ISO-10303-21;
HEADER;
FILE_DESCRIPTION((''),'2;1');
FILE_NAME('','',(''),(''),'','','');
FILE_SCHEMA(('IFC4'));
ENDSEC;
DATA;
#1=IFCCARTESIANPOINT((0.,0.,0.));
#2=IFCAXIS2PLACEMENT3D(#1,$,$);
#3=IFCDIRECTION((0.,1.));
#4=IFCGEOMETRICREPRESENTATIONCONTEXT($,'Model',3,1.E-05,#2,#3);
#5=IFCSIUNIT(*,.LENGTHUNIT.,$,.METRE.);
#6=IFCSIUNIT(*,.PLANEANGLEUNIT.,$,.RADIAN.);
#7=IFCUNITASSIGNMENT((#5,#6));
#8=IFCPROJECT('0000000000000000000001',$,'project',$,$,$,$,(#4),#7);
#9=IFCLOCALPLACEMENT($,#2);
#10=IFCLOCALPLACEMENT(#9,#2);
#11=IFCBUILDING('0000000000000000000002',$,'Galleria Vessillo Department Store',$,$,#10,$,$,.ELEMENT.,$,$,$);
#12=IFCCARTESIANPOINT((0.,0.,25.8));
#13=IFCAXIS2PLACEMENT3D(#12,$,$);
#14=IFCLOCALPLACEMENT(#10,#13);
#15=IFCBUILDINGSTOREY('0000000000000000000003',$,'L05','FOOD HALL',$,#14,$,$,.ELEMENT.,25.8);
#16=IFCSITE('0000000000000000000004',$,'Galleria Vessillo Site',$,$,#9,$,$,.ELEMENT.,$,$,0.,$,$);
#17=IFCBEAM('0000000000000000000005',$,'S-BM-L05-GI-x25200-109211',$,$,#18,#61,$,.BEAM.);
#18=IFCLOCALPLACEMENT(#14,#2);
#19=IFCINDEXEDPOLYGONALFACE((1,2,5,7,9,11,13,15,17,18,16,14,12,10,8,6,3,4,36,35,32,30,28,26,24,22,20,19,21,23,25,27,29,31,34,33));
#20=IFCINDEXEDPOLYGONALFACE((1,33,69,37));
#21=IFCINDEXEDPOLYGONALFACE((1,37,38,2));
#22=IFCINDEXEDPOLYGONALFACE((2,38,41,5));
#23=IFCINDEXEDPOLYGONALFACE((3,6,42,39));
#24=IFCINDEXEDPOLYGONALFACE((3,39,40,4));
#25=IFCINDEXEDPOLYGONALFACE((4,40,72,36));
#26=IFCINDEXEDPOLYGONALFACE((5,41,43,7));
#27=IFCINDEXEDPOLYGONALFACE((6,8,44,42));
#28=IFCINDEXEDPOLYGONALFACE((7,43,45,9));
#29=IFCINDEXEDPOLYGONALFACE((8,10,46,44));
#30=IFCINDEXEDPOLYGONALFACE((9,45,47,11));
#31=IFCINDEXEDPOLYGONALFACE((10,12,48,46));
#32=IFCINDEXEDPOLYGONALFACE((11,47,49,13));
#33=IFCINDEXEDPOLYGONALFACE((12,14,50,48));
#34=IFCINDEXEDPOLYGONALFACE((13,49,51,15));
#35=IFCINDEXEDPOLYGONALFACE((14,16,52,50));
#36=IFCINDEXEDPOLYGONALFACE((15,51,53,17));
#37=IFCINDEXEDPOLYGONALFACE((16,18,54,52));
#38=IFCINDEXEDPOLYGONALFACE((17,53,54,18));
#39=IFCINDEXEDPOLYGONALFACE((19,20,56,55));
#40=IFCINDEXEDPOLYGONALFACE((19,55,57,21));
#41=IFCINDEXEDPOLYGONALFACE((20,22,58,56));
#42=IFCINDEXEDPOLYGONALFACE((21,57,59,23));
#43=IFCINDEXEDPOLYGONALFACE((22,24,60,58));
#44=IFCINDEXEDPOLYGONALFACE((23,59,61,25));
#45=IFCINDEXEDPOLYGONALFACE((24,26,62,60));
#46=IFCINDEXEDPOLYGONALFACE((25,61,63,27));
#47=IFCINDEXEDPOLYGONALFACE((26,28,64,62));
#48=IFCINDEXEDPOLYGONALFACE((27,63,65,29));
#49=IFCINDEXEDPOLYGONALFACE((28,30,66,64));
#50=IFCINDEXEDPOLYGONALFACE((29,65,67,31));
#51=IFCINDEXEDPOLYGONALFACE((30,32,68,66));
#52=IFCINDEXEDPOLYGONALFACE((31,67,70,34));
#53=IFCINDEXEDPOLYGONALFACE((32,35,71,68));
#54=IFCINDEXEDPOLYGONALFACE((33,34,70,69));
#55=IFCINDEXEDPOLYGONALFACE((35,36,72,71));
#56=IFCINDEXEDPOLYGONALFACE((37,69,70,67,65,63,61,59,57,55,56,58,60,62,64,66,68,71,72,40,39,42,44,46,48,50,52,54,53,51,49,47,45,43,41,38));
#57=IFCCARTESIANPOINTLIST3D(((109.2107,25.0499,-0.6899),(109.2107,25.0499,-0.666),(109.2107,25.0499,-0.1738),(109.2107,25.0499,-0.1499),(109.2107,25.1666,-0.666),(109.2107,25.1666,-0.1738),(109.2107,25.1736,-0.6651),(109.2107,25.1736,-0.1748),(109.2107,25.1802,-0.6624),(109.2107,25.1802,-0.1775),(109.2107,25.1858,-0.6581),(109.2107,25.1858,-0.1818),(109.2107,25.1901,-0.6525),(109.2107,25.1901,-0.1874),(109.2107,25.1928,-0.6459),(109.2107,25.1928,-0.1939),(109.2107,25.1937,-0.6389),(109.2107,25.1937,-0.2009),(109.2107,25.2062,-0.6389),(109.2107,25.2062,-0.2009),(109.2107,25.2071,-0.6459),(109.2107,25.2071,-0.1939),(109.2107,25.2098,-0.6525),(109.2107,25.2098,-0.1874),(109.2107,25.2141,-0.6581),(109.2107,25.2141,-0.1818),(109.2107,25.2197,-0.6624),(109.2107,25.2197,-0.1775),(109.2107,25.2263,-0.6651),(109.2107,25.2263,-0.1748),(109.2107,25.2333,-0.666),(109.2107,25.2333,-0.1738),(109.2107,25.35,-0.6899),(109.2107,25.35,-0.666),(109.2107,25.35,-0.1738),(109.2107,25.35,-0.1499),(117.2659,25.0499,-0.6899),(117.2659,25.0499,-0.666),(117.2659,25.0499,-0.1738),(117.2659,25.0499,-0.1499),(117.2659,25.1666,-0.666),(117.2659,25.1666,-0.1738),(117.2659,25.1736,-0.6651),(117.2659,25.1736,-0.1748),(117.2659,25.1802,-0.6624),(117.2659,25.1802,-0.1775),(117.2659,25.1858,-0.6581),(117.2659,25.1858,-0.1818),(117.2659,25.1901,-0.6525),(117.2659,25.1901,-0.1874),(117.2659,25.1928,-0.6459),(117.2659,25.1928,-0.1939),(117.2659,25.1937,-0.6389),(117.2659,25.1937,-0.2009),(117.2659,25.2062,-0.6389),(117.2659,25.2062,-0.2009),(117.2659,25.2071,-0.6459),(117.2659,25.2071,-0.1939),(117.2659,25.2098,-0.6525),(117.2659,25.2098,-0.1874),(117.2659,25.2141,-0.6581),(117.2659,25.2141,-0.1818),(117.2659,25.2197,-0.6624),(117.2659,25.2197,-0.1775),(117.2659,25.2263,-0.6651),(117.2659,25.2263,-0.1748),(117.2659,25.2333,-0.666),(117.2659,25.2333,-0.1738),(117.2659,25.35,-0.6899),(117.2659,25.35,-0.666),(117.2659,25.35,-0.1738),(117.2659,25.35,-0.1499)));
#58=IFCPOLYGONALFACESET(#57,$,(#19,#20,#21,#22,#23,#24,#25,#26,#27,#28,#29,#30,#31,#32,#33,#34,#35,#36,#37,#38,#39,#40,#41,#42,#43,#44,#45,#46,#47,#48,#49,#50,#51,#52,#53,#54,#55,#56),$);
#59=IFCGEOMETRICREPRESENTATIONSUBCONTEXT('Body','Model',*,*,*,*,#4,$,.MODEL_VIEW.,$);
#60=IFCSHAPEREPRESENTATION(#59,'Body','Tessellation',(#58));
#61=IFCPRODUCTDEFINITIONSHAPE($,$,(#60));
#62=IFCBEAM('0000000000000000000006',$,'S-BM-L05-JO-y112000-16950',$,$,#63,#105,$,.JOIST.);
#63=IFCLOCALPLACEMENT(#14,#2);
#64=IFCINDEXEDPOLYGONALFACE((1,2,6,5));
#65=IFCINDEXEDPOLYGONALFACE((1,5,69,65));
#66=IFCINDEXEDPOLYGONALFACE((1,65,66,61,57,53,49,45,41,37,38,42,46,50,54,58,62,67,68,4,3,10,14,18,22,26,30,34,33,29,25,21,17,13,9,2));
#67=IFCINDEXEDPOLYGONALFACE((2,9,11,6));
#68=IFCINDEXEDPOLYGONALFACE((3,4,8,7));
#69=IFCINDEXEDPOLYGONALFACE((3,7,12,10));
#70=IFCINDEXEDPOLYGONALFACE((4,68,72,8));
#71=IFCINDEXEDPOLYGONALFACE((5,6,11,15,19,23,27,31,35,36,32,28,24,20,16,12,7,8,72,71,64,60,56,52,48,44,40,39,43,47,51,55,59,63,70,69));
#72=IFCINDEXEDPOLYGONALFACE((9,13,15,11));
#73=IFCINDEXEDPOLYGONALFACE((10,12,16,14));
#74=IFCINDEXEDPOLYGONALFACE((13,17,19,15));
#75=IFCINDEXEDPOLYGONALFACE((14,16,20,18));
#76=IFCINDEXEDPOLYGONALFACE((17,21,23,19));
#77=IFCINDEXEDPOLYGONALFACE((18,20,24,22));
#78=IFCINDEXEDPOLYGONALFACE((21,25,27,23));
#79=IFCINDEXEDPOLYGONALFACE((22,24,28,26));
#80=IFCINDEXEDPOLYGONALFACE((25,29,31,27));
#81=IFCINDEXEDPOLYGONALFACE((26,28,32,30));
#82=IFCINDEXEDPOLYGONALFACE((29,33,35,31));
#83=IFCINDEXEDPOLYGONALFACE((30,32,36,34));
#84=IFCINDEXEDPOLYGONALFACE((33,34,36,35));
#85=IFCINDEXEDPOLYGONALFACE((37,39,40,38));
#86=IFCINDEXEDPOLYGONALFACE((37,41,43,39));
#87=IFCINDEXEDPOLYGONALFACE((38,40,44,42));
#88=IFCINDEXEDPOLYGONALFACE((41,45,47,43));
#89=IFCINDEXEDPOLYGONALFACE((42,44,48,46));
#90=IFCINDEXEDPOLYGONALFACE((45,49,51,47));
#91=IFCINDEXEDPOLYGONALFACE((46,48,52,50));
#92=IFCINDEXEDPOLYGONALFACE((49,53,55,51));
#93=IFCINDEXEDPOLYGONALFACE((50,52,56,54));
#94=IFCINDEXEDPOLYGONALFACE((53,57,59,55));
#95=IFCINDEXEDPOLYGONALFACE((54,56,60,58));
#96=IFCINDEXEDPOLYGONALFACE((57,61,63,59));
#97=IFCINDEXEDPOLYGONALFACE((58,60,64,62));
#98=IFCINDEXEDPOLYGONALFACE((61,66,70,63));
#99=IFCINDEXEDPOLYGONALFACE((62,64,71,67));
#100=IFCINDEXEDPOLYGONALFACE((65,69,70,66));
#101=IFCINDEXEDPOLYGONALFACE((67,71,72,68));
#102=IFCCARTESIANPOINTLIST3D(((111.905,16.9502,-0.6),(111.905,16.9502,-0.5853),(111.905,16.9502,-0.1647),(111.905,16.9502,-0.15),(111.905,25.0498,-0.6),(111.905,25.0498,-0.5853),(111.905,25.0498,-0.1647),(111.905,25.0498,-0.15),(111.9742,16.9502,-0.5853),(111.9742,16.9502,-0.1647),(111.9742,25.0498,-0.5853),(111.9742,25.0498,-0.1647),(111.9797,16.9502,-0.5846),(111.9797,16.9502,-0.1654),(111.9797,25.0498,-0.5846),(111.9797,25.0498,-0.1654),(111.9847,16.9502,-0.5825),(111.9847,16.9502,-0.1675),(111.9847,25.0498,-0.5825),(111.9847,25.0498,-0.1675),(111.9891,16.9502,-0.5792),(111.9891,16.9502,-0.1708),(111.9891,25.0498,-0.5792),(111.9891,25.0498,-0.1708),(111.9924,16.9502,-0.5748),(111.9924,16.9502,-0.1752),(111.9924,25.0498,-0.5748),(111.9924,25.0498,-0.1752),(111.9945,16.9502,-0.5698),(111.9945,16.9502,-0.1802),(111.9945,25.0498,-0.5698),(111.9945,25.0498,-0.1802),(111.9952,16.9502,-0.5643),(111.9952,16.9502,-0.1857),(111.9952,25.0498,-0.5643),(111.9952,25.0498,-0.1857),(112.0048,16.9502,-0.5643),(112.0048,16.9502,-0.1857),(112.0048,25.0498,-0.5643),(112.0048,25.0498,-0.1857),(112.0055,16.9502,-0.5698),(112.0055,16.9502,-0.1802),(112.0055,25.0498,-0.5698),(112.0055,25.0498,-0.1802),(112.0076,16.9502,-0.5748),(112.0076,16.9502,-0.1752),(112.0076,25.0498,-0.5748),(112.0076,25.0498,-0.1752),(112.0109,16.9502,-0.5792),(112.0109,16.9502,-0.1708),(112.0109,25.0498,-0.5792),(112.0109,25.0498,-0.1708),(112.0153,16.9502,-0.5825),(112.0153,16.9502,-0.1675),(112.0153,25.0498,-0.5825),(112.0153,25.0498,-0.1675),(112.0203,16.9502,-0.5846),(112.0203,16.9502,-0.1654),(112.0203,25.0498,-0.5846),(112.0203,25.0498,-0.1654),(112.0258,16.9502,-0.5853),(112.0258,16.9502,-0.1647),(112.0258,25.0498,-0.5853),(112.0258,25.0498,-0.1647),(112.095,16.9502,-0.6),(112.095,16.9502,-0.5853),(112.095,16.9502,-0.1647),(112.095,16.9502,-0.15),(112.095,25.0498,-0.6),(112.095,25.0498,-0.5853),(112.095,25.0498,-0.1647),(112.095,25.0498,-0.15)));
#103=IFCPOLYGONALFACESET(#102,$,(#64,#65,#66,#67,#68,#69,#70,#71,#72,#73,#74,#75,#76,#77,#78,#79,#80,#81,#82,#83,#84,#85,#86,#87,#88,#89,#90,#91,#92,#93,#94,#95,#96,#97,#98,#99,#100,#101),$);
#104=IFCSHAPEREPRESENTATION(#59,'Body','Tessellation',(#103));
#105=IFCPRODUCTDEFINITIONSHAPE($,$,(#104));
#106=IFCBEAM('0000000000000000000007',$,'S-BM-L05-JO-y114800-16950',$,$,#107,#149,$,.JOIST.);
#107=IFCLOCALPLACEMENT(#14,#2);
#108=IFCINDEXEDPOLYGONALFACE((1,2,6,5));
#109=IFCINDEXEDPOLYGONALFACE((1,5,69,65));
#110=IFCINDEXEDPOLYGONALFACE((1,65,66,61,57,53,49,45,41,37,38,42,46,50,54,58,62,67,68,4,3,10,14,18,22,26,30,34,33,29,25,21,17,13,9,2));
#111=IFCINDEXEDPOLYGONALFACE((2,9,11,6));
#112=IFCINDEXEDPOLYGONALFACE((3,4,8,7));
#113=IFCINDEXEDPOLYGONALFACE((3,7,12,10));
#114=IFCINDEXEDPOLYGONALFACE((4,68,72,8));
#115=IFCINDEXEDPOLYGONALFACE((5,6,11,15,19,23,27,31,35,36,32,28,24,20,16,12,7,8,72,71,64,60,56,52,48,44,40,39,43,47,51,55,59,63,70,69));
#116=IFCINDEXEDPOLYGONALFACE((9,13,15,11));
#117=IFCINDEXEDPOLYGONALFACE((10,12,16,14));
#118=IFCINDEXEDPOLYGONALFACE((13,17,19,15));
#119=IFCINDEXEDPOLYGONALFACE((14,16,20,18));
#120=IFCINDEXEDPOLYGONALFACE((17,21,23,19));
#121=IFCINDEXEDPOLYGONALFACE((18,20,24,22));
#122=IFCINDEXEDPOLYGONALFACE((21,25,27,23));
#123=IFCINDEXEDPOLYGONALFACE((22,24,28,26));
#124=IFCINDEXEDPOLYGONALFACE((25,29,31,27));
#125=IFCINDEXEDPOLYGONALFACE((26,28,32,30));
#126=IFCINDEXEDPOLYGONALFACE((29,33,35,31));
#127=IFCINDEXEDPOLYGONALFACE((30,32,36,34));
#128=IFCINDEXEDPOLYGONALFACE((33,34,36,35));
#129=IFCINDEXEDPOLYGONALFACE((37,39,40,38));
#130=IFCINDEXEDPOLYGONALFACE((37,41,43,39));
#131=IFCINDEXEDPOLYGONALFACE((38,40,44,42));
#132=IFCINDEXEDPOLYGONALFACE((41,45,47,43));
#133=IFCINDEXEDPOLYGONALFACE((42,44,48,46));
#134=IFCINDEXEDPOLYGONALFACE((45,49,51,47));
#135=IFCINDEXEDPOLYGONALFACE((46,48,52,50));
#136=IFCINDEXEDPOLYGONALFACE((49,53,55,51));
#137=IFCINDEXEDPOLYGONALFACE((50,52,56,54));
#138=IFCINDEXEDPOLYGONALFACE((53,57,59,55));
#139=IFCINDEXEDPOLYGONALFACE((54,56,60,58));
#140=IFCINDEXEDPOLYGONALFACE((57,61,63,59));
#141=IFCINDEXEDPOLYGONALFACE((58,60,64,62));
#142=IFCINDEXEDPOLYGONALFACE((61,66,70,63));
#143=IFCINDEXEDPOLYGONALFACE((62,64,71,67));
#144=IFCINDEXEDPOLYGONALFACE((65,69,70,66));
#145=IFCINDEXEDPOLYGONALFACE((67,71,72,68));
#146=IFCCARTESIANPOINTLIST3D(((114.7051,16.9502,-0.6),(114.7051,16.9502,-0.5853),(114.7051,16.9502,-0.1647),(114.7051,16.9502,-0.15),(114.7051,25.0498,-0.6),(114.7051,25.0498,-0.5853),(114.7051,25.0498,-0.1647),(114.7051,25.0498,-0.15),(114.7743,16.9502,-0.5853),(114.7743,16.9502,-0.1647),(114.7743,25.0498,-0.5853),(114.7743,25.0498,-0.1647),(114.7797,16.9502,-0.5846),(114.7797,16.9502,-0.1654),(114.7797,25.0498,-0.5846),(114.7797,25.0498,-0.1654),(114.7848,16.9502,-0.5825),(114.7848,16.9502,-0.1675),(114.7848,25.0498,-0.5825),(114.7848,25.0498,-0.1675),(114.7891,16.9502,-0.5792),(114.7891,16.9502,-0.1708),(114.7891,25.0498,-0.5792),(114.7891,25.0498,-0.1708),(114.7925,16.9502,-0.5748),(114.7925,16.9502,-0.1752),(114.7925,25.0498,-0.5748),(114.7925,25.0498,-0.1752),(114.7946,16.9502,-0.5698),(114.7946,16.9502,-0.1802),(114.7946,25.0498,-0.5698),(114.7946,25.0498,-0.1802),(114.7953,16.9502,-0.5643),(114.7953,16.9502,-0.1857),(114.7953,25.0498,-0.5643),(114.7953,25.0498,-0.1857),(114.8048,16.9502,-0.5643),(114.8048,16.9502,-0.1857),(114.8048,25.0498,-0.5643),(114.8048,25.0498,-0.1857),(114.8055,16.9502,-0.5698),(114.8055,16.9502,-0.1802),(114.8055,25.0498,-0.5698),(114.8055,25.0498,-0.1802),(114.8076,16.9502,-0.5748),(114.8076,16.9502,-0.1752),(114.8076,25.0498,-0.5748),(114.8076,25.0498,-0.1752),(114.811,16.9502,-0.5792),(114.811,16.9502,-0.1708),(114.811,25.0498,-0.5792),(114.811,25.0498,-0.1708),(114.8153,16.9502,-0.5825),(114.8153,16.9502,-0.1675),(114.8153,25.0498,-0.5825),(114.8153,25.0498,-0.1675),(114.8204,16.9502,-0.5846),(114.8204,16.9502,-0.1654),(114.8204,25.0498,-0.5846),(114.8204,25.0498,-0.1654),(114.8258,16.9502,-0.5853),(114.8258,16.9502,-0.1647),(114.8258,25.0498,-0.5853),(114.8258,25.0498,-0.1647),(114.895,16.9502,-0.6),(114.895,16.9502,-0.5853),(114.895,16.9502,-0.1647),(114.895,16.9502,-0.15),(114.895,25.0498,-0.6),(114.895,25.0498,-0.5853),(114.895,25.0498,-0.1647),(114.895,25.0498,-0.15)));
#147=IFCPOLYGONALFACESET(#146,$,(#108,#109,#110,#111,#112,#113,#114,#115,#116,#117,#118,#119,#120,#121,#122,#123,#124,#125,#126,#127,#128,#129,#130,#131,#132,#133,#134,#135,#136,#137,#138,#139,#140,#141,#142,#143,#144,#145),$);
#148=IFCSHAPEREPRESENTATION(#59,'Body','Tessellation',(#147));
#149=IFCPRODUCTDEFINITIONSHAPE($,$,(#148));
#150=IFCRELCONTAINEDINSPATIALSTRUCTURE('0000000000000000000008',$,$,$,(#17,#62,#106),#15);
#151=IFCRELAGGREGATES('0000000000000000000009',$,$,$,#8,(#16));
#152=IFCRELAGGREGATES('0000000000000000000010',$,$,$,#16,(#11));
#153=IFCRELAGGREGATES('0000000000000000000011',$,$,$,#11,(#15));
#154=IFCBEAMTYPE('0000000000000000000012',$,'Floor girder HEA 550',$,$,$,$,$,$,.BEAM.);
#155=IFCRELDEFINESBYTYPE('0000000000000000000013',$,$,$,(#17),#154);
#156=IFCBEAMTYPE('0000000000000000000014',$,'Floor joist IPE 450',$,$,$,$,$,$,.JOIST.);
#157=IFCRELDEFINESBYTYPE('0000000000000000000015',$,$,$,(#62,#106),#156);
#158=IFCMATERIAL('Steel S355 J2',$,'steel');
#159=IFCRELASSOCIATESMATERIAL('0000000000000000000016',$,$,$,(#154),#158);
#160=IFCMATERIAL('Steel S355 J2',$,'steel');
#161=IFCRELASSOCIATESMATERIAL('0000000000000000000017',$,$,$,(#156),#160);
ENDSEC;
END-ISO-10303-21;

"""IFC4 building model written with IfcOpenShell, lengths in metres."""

from ifc_helpers import new_model, si_unit, direction, frame, origin, origin_2d, place, context, subcontext, project, spatial, i_section, extrude, material, material_profile, profile_set, type_object, element, save


model = new_model("IFC4")

# Units and contexts
model_context = context("Model", 3, precision=1e-05, world=origin(), true_north=direction((0.0, 1.0)))
body_context = subcontext(model_context, "Body", "Model", "MODEL_VIEW")
ifc_project = project(units=[si_unit("LENGTHUNIT", "METRE"), si_unit("PLANEANGLEUNIT", "RADIAN")], contexts=[model_context])

# Site, building, storey
site_placement = place(None, origin())
site = spatial("IfcSite", under=ifc_project, at=site_placement, Name="Galleria Vessillo Site", CompositionType="ELEMENT", RefElevation=0.0)
building_placement = place(site_placement, origin())
building = spatial("IfcBuilding", under=site, at=building_placement, Name="Galleria Vessillo Department Store", CompositionType="ELEMENT")
storey_placement = place(building_placement, frame((0.0, 0.0, 25.8)))
storey = spatial("IfcBuildingStorey", under=building, at=storey_placement, Name="L05", Description="FOOD HALL", CompositionType="ELEMENT", Elevation=25.8)

# Beams
ifc_material_1 = material(Name="Steel S355 J2", Category="steel")
ifc_material_profile_1 = material_profile(ifc_material_1, i_section(OverallWidth=0.3, OverallDepth=0.54, WebThickness=0.0125, FlangeThickness=0.0239, FilletRadius=0.0271, at=origin_2d()), Name="HEA 550")
ifc_profile_set_1 = profile_set([ifc_material_profile_1], Name="Steel S355 J2")
beam_type_1 = type_object("IfcBeamType", Name="Floor girder HEA 550", PredefinedType="BEAM", material=ifc_profile_set_1)
beam_1_placement = place(storey_placement, frame((109.2107, 25.2, -0.4199), z_axis=(1.0, 0.0, 0.0), x_axis=(0.0, 1.0, 0.0)))
element("IfcBeam", 1, at=beam_1_placement, inside=storey, type_object=beam_type_1, Name="S-BM-L05-GI-x25200-109211", PredefinedType="BEAM", context=body_context, shape_type="SweptSolid", body=[
    extrude(i_section(OverallWidth=0.3, OverallDepth=0.54, WebThickness=0.0125, FlangeThickness=0.0239, FilletRadius=0.0271, at=origin_2d()), origin(), (0.0, 0.0, 1.0), 8.0552),
])
ifc_material_2 = material(Name="Steel S355 J2", Category="steel")
ifc_material_profile_2 = material_profile(ifc_material_2, i_section(OverallWidth=0.1899, OverallDepth=0.45, WebThickness=0.0095, FlangeThickness=0.0146, FilletRadius=0.021, at=origin_2d()), Name="IPE 450")
ifc_profile_set_2 = profile_set([ifc_material_profile_2], Name="Steel S355 J2")
beam_type_2 = type_object("IfcBeamType", Name="Floor joist IPE 450", PredefinedType="JOIST", material=ifc_profile_set_2)
for number, where, z_axis, x_axis, name in (
    (2, (112.0, 16.9502, -0.375), (0.0, 1.0, 0.0), (-1.0, 0.0, 0.0), "S-BM-L05-JO-y112000-16950"),
    (3, (114.8, 16.9502, -0.375), (0.0, 1.0, 0.0), (-1.0, 0.0, 0.0), "S-BM-L05-JO-y114800-16950"),
):
    element("IfcBeam", number, at=place(storey_placement, frame(where, z_axis=z_axis, x_axis=x_axis)), inside=storey, type_object=beam_type_2, Name=name, PredefinedType="JOIST", context=body_context, shape_type="SweptSolid", body=[
        extrude(i_section(OverallWidth=0.1899, OverallDepth=0.45, WebThickness=0.0095, FlangeThickness=0.0146, FilletRadius=0.021, at=origin_2d()), origin(), (0.0, 0.0, 1.0), 8.0996),
    ])

save(model, "model.ifc")
